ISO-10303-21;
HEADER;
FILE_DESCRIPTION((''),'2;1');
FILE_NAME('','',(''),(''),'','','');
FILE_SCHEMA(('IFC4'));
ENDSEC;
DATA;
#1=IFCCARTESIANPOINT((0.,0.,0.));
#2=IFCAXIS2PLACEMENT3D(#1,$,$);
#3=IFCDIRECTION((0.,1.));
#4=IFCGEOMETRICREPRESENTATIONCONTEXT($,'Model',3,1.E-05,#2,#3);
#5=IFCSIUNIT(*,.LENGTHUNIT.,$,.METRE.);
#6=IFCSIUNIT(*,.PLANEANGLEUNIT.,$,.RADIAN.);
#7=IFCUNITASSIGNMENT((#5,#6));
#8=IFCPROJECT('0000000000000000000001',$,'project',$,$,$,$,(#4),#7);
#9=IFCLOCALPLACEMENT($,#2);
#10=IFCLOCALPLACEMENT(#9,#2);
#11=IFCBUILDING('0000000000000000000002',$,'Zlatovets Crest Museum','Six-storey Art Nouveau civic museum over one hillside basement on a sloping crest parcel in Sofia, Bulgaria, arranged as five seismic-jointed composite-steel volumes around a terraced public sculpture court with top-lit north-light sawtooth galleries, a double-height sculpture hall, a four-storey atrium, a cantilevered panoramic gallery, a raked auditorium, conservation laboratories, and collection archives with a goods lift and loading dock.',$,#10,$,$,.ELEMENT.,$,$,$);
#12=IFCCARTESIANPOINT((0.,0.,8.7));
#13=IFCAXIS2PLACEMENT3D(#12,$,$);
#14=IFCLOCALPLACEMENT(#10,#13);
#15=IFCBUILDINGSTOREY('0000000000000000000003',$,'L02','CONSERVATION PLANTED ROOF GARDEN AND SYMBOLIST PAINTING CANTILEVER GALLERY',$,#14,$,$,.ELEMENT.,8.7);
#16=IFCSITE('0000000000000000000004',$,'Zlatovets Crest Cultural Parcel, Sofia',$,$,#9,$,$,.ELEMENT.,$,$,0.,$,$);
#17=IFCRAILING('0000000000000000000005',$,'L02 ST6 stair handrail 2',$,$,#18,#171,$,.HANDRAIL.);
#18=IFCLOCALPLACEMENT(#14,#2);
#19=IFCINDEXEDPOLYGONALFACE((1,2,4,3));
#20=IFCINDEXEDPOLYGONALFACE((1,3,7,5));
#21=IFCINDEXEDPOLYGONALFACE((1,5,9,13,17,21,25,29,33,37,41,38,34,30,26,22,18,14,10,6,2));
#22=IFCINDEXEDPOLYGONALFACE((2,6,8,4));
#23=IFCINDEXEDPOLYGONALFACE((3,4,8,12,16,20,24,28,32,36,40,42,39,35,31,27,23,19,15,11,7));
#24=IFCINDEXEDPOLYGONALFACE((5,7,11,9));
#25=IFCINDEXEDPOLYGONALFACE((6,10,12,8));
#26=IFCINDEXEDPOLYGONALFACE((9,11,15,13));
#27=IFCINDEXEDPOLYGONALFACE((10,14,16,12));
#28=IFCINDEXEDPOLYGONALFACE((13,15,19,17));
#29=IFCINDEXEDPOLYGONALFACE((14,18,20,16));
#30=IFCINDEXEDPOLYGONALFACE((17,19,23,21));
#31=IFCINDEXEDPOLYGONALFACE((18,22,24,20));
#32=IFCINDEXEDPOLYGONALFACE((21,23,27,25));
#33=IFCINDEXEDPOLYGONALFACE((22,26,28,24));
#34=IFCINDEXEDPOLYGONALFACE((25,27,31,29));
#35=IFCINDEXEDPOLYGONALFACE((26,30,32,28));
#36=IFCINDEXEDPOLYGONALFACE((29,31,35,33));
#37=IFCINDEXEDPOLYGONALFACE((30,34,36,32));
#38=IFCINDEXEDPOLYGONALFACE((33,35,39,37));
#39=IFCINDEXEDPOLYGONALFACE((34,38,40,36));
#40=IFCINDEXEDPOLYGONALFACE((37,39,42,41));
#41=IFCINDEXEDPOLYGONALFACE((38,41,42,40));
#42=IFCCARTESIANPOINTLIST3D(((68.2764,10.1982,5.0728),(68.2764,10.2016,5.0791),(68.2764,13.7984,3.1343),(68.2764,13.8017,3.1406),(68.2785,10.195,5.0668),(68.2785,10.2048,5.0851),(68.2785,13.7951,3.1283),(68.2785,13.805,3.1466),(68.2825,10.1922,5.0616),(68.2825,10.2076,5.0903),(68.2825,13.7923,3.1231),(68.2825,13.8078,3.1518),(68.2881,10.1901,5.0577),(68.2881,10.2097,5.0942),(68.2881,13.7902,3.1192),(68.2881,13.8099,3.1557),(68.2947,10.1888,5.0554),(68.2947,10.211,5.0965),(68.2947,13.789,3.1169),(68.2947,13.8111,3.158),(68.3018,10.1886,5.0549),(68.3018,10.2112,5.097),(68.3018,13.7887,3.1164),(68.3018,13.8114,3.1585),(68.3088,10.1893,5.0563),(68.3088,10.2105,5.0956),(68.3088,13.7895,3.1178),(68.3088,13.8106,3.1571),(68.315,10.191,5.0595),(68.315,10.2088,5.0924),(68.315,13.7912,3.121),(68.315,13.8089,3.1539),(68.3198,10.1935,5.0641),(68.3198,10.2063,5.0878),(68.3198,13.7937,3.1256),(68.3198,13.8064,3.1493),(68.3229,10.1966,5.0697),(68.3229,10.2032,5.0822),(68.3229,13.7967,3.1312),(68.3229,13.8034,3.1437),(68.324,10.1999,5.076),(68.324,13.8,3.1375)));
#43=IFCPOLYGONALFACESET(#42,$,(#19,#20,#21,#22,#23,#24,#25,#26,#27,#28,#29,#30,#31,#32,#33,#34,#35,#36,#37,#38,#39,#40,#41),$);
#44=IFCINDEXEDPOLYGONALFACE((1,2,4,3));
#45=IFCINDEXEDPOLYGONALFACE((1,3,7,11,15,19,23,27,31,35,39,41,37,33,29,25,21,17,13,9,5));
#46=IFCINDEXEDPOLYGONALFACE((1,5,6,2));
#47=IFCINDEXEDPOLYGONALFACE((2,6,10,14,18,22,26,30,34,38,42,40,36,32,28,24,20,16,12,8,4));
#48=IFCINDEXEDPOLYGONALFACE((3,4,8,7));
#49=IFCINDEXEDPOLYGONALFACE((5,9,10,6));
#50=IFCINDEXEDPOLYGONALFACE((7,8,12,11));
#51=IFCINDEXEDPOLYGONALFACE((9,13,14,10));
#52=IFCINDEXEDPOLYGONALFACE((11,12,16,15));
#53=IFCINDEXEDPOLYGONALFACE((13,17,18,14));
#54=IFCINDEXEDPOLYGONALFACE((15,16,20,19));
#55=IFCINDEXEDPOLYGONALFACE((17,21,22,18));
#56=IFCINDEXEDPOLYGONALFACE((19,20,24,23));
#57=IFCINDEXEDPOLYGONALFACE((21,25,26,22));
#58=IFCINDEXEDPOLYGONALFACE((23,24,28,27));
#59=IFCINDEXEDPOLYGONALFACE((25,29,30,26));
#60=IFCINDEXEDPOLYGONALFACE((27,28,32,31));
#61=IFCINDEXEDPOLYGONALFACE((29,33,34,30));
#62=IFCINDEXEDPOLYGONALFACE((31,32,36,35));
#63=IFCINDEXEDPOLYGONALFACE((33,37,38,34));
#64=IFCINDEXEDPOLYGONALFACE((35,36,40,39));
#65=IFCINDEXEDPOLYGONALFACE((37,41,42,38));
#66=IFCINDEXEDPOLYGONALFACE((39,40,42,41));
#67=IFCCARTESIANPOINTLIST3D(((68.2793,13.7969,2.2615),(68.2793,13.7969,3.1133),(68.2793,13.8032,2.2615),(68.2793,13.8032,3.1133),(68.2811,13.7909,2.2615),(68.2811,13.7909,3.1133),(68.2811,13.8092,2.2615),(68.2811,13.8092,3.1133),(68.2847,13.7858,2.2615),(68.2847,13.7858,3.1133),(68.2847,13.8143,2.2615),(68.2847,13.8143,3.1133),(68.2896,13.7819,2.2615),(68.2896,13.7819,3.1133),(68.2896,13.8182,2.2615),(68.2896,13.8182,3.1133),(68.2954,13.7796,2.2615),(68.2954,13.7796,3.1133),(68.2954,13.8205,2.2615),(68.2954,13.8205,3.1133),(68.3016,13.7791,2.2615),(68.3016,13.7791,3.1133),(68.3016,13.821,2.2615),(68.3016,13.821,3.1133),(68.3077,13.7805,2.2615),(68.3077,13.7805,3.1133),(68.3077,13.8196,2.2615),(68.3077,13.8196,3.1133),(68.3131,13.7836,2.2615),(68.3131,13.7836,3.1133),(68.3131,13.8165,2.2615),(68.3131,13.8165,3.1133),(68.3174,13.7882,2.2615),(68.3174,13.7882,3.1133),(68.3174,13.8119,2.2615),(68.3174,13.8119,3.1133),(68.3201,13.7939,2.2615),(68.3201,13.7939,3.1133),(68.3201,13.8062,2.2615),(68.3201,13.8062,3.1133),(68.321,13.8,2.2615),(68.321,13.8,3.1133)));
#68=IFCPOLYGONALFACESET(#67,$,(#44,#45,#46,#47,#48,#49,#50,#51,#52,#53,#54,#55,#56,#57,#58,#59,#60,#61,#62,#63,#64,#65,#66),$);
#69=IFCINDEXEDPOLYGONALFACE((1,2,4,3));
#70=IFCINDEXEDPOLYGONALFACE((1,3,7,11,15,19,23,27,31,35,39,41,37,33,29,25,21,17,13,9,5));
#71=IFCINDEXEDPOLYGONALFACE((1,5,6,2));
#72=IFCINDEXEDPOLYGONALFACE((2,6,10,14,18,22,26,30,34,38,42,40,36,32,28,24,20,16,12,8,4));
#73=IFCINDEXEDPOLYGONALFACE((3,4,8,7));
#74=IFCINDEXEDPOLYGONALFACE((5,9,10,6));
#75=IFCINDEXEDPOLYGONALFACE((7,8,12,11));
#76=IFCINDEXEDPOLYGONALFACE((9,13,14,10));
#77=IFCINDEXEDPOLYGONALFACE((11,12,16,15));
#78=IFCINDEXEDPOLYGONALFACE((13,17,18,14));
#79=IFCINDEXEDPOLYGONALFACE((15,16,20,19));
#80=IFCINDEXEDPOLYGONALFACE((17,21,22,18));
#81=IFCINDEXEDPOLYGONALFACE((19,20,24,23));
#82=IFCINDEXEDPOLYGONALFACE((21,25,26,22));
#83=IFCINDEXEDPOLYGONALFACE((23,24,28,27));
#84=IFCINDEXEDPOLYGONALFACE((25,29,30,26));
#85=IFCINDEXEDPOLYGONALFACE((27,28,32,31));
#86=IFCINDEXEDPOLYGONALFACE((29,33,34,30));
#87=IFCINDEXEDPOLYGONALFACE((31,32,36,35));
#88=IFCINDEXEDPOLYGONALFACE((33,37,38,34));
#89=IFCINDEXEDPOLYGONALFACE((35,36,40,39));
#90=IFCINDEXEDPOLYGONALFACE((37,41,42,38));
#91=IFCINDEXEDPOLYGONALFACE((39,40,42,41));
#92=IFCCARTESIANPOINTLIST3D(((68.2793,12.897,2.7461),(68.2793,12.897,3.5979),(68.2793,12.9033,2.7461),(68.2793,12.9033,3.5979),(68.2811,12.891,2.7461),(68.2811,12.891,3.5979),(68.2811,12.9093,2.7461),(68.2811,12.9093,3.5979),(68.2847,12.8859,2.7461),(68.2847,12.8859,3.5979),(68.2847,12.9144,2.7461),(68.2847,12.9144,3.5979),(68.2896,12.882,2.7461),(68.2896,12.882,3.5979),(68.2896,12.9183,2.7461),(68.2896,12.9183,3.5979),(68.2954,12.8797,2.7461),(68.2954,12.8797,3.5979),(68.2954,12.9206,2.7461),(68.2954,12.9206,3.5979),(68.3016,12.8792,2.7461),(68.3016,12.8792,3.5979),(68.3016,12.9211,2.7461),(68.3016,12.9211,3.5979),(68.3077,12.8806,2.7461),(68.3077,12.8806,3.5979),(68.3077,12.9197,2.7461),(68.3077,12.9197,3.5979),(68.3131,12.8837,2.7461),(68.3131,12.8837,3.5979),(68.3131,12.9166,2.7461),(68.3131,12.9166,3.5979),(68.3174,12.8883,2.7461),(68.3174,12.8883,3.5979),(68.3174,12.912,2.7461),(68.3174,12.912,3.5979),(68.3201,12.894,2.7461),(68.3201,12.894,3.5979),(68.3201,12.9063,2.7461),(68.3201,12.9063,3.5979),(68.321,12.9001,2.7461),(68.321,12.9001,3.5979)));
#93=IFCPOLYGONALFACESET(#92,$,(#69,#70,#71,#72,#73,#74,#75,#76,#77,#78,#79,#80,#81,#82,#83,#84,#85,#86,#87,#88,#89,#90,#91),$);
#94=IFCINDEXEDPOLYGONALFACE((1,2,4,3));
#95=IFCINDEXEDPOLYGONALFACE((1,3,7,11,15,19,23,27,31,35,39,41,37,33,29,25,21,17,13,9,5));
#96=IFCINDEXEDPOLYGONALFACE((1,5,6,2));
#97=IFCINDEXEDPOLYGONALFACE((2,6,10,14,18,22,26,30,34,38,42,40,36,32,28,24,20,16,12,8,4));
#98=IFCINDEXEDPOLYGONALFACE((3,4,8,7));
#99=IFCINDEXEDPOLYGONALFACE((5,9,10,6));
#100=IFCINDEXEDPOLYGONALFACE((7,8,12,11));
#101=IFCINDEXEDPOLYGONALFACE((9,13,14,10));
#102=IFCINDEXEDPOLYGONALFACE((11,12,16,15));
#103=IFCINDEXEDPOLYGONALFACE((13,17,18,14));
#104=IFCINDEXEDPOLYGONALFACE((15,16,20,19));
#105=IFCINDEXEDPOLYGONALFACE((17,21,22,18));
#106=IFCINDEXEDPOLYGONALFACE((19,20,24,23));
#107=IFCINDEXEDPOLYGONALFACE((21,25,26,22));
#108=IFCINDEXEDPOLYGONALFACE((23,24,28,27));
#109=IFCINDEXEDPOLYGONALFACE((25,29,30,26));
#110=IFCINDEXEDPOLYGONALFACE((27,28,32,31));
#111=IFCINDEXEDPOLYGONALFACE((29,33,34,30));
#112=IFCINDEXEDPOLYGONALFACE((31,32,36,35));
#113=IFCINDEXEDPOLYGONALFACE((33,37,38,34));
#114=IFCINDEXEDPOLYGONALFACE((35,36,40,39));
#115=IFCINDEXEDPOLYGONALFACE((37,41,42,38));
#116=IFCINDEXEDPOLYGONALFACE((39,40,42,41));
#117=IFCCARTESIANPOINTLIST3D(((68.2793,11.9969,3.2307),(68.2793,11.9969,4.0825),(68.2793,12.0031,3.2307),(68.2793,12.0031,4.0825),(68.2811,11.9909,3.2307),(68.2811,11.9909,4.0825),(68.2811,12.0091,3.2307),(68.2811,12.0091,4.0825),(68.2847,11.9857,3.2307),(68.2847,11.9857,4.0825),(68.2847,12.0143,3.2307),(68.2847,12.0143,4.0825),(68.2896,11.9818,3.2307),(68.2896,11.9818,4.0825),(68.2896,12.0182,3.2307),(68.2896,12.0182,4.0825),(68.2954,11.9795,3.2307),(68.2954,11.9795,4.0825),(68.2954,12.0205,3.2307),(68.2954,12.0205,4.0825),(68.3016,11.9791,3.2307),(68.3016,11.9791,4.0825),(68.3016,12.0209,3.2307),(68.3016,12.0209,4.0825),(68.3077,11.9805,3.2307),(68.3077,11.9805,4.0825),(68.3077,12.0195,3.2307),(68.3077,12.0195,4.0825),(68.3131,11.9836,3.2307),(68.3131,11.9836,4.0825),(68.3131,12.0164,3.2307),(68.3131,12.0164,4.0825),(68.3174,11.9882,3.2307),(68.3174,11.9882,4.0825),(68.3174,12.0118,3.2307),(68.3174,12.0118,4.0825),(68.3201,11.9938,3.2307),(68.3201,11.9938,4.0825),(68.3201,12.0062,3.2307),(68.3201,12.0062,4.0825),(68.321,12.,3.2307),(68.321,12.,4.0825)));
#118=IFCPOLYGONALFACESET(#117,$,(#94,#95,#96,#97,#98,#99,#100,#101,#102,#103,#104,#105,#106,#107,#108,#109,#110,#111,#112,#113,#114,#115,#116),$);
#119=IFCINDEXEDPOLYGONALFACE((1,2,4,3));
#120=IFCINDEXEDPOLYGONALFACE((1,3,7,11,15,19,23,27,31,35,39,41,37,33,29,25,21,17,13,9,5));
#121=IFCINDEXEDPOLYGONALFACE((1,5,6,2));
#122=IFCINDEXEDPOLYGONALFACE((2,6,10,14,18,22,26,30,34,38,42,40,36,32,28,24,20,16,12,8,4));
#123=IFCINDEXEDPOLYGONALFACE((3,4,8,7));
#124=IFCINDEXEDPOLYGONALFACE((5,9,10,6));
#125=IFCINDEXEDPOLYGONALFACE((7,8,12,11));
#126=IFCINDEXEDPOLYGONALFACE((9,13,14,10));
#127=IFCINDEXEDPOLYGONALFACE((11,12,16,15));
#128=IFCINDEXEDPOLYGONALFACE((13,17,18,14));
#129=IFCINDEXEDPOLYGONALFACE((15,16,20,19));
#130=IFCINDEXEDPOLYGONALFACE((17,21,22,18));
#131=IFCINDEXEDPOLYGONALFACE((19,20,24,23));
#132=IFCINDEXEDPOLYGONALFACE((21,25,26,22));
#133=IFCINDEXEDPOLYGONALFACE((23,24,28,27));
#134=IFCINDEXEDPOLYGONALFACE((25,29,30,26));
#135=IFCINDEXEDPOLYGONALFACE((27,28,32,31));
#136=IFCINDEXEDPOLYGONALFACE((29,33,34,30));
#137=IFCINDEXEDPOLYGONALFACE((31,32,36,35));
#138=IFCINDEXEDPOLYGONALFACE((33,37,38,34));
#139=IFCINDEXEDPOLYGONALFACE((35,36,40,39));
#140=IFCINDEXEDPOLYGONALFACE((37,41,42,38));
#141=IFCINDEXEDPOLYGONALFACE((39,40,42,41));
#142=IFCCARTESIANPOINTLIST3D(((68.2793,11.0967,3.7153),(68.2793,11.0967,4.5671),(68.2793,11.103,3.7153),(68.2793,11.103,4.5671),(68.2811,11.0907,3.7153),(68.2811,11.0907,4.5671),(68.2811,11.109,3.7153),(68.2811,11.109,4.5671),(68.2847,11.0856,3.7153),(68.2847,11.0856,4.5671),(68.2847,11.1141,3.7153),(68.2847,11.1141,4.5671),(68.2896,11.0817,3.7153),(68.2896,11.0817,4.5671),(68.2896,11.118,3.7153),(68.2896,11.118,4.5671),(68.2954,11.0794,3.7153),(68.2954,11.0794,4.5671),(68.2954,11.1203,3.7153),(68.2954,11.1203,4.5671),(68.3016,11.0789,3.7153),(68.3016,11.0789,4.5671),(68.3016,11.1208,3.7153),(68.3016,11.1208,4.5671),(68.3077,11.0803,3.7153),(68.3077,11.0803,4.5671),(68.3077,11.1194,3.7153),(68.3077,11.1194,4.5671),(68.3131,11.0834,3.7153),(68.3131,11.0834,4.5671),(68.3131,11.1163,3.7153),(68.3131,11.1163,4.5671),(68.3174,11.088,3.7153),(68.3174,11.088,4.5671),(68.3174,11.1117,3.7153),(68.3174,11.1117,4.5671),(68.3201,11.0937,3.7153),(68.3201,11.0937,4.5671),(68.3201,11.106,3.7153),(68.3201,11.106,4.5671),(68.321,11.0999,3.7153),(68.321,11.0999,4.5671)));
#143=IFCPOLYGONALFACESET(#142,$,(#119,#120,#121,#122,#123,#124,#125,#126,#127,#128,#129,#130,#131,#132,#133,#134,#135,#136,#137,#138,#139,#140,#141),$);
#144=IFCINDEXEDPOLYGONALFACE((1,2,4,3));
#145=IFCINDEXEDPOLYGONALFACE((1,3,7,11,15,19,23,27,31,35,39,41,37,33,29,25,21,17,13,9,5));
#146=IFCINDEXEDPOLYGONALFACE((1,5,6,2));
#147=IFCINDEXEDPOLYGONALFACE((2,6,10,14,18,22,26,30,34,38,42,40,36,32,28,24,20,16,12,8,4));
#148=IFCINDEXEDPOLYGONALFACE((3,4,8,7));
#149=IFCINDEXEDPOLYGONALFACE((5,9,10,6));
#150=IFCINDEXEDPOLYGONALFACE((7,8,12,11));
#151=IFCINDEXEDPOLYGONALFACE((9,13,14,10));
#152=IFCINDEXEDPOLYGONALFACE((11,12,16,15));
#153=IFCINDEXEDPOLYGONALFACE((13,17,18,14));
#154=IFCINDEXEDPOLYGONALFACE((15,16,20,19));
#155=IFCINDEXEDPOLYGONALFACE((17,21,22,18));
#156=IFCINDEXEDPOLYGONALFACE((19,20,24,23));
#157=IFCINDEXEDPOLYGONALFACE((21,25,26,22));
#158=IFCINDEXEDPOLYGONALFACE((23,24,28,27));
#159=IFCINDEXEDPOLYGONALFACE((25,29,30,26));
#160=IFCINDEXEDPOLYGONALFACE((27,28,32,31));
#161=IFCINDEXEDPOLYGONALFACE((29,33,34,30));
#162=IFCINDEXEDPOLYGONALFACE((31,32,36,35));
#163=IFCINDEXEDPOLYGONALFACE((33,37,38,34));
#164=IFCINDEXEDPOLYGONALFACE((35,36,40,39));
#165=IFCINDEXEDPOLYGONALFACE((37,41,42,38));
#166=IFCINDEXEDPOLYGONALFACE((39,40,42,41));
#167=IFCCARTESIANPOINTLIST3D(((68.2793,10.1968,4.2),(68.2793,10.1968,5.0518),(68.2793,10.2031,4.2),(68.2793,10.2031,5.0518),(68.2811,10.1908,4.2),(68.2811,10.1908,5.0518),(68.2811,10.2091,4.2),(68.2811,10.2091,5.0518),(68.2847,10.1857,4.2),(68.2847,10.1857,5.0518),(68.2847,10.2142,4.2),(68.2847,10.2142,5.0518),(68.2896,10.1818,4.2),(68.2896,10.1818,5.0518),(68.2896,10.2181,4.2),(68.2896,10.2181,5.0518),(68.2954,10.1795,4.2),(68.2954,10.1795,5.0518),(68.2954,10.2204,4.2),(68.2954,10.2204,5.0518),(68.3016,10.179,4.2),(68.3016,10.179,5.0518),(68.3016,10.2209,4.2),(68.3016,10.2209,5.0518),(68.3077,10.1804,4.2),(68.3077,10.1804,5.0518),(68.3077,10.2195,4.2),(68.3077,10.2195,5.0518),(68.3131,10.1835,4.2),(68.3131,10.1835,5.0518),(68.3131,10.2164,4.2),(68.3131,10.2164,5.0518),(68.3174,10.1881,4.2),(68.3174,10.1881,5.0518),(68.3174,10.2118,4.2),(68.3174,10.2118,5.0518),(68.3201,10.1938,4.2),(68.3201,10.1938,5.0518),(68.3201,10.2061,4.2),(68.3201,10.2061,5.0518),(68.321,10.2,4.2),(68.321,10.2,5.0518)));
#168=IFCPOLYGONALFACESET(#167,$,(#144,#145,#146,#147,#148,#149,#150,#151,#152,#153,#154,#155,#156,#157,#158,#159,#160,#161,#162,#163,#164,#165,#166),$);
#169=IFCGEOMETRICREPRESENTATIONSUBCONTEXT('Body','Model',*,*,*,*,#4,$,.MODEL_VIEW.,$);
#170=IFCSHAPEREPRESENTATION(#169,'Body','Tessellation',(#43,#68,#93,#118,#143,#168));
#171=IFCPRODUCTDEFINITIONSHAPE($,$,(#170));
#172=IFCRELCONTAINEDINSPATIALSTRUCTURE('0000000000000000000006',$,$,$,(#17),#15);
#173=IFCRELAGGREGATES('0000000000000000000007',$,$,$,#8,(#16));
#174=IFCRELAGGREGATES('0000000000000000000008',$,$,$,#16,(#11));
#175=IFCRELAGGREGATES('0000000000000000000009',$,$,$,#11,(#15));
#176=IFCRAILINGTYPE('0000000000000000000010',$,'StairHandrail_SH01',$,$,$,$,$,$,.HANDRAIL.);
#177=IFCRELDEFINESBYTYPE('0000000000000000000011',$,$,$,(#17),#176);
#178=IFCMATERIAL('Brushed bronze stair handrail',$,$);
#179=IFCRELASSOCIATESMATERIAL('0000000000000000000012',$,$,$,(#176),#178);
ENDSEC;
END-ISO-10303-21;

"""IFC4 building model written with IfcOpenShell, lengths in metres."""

from ifc_helpers import new_model, si_unit, direction, frame, origin, origin_2d, place, context, subcontext, project, spatial, circle, extrude, material, type_object, element, save


model = new_model("IFC4")

# Units and contexts
model_context = context("Model", 3, precision=1e-05, world=origin(), true_north=direction((0.0, 1.0)))
body_context = subcontext(model_context, "Body", "Model", "MODEL_VIEW")
ifc_project = project(units=[si_unit("LENGTHUNIT", "METRE"), si_unit("PLANEANGLEUNIT", "RADIAN")], contexts=[model_context])

# Site, building, storey
site_placement = place(None, origin())
site = spatial("IfcSite", under=ifc_project, at=site_placement, Name="Zlatovets Crest Cultural Parcel, Sofia", CompositionType="ELEMENT", RefElevation=0.0)
building_placement = place(site_placement, origin())
building = spatial("IfcBuilding", under=site, at=building_placement, Name="Zlatovets Crest Museum", Description="Six-storey Art Nouveau civic museum over one hillside basement on a sloping crest parcel in Sofia, Bulgaria, arranged as five seismic-jointed composite-steel volumes around a terraced public sculpture court with top-lit north-light sawtooth galleries, a double-height sculpture hall, a four-storey atrium, a cantilevered panoramic gallery, a raked auditorium, conservation laboratories, and collection archives with a goods lift and loading dock.", CompositionType="ELEMENT")
storey_placement = place(building_placement, frame((0.0, 0.0, 8.7)))
storey = spatial("IfcBuildingStorey", under=building, at=storey_placement, Name="L02", Description="CONSERVATION PLANTED ROOF GARDEN AND SYMBOLIST PAINTING CANTILEVER GALLERY", CompositionType="ELEMENT", Elevation=8.7)

# Railing
ifc_material_1 = material(Name="Brushed bronze stair handrail")
railing_type_1 = type_object("IfcRailingType", Name="StairHandrail_SH01", PredefinedType="HANDRAIL", material=ifc_material_1)
railing_1_placement = place(storey_placement, frame((68.3, 13.8, 2.2615)))
element("IfcRailing", 1, at=railing_1_placement, inside=storey, type_object=railing_type_1, Name="L02 ST6 stair handrail 2", PredefinedType="HANDRAIL", context=body_context, shape_type="SweptSolid", body=[
    extrude(circle(Radius=0.0239, at=origin_2d()), frame((0.0, 0.0, 0.876), z_axis=(0.0, -0.880475, 0.474093), x_axis=(1.0, 0.0, 0.0)), (0.0, 0.0, 1.0), 4.0889),
    extrude(circle(Radius=0.021, at=origin_2d()), origin(), (0.0, 0.0, 1.0), 0.8518),
    extrude(circle(Radius=0.021, at=origin_2d()), frame((0.0, -0.8999, 0.4846)), (0.0, 0.0, 1.0), 0.8518),
    extrude(circle(Radius=0.021, at=origin_2d()), frame((0.0, -1.8, 0.9692)), (0.0, 0.0, 1.0), 0.8518),
    extrude(circle(Radius=0.021, at=origin_2d()), frame((0.0, -2.7002, 1.4539)), (0.0, 0.0, 1.0), 0.8518),
    extrude(circle(Radius=0.021, at=origin_2d()), frame((0.0, -3.6001, 1.9385)), (0.0, 0.0, 1.0), 0.8518),
])

save(model, "model.ifc")
